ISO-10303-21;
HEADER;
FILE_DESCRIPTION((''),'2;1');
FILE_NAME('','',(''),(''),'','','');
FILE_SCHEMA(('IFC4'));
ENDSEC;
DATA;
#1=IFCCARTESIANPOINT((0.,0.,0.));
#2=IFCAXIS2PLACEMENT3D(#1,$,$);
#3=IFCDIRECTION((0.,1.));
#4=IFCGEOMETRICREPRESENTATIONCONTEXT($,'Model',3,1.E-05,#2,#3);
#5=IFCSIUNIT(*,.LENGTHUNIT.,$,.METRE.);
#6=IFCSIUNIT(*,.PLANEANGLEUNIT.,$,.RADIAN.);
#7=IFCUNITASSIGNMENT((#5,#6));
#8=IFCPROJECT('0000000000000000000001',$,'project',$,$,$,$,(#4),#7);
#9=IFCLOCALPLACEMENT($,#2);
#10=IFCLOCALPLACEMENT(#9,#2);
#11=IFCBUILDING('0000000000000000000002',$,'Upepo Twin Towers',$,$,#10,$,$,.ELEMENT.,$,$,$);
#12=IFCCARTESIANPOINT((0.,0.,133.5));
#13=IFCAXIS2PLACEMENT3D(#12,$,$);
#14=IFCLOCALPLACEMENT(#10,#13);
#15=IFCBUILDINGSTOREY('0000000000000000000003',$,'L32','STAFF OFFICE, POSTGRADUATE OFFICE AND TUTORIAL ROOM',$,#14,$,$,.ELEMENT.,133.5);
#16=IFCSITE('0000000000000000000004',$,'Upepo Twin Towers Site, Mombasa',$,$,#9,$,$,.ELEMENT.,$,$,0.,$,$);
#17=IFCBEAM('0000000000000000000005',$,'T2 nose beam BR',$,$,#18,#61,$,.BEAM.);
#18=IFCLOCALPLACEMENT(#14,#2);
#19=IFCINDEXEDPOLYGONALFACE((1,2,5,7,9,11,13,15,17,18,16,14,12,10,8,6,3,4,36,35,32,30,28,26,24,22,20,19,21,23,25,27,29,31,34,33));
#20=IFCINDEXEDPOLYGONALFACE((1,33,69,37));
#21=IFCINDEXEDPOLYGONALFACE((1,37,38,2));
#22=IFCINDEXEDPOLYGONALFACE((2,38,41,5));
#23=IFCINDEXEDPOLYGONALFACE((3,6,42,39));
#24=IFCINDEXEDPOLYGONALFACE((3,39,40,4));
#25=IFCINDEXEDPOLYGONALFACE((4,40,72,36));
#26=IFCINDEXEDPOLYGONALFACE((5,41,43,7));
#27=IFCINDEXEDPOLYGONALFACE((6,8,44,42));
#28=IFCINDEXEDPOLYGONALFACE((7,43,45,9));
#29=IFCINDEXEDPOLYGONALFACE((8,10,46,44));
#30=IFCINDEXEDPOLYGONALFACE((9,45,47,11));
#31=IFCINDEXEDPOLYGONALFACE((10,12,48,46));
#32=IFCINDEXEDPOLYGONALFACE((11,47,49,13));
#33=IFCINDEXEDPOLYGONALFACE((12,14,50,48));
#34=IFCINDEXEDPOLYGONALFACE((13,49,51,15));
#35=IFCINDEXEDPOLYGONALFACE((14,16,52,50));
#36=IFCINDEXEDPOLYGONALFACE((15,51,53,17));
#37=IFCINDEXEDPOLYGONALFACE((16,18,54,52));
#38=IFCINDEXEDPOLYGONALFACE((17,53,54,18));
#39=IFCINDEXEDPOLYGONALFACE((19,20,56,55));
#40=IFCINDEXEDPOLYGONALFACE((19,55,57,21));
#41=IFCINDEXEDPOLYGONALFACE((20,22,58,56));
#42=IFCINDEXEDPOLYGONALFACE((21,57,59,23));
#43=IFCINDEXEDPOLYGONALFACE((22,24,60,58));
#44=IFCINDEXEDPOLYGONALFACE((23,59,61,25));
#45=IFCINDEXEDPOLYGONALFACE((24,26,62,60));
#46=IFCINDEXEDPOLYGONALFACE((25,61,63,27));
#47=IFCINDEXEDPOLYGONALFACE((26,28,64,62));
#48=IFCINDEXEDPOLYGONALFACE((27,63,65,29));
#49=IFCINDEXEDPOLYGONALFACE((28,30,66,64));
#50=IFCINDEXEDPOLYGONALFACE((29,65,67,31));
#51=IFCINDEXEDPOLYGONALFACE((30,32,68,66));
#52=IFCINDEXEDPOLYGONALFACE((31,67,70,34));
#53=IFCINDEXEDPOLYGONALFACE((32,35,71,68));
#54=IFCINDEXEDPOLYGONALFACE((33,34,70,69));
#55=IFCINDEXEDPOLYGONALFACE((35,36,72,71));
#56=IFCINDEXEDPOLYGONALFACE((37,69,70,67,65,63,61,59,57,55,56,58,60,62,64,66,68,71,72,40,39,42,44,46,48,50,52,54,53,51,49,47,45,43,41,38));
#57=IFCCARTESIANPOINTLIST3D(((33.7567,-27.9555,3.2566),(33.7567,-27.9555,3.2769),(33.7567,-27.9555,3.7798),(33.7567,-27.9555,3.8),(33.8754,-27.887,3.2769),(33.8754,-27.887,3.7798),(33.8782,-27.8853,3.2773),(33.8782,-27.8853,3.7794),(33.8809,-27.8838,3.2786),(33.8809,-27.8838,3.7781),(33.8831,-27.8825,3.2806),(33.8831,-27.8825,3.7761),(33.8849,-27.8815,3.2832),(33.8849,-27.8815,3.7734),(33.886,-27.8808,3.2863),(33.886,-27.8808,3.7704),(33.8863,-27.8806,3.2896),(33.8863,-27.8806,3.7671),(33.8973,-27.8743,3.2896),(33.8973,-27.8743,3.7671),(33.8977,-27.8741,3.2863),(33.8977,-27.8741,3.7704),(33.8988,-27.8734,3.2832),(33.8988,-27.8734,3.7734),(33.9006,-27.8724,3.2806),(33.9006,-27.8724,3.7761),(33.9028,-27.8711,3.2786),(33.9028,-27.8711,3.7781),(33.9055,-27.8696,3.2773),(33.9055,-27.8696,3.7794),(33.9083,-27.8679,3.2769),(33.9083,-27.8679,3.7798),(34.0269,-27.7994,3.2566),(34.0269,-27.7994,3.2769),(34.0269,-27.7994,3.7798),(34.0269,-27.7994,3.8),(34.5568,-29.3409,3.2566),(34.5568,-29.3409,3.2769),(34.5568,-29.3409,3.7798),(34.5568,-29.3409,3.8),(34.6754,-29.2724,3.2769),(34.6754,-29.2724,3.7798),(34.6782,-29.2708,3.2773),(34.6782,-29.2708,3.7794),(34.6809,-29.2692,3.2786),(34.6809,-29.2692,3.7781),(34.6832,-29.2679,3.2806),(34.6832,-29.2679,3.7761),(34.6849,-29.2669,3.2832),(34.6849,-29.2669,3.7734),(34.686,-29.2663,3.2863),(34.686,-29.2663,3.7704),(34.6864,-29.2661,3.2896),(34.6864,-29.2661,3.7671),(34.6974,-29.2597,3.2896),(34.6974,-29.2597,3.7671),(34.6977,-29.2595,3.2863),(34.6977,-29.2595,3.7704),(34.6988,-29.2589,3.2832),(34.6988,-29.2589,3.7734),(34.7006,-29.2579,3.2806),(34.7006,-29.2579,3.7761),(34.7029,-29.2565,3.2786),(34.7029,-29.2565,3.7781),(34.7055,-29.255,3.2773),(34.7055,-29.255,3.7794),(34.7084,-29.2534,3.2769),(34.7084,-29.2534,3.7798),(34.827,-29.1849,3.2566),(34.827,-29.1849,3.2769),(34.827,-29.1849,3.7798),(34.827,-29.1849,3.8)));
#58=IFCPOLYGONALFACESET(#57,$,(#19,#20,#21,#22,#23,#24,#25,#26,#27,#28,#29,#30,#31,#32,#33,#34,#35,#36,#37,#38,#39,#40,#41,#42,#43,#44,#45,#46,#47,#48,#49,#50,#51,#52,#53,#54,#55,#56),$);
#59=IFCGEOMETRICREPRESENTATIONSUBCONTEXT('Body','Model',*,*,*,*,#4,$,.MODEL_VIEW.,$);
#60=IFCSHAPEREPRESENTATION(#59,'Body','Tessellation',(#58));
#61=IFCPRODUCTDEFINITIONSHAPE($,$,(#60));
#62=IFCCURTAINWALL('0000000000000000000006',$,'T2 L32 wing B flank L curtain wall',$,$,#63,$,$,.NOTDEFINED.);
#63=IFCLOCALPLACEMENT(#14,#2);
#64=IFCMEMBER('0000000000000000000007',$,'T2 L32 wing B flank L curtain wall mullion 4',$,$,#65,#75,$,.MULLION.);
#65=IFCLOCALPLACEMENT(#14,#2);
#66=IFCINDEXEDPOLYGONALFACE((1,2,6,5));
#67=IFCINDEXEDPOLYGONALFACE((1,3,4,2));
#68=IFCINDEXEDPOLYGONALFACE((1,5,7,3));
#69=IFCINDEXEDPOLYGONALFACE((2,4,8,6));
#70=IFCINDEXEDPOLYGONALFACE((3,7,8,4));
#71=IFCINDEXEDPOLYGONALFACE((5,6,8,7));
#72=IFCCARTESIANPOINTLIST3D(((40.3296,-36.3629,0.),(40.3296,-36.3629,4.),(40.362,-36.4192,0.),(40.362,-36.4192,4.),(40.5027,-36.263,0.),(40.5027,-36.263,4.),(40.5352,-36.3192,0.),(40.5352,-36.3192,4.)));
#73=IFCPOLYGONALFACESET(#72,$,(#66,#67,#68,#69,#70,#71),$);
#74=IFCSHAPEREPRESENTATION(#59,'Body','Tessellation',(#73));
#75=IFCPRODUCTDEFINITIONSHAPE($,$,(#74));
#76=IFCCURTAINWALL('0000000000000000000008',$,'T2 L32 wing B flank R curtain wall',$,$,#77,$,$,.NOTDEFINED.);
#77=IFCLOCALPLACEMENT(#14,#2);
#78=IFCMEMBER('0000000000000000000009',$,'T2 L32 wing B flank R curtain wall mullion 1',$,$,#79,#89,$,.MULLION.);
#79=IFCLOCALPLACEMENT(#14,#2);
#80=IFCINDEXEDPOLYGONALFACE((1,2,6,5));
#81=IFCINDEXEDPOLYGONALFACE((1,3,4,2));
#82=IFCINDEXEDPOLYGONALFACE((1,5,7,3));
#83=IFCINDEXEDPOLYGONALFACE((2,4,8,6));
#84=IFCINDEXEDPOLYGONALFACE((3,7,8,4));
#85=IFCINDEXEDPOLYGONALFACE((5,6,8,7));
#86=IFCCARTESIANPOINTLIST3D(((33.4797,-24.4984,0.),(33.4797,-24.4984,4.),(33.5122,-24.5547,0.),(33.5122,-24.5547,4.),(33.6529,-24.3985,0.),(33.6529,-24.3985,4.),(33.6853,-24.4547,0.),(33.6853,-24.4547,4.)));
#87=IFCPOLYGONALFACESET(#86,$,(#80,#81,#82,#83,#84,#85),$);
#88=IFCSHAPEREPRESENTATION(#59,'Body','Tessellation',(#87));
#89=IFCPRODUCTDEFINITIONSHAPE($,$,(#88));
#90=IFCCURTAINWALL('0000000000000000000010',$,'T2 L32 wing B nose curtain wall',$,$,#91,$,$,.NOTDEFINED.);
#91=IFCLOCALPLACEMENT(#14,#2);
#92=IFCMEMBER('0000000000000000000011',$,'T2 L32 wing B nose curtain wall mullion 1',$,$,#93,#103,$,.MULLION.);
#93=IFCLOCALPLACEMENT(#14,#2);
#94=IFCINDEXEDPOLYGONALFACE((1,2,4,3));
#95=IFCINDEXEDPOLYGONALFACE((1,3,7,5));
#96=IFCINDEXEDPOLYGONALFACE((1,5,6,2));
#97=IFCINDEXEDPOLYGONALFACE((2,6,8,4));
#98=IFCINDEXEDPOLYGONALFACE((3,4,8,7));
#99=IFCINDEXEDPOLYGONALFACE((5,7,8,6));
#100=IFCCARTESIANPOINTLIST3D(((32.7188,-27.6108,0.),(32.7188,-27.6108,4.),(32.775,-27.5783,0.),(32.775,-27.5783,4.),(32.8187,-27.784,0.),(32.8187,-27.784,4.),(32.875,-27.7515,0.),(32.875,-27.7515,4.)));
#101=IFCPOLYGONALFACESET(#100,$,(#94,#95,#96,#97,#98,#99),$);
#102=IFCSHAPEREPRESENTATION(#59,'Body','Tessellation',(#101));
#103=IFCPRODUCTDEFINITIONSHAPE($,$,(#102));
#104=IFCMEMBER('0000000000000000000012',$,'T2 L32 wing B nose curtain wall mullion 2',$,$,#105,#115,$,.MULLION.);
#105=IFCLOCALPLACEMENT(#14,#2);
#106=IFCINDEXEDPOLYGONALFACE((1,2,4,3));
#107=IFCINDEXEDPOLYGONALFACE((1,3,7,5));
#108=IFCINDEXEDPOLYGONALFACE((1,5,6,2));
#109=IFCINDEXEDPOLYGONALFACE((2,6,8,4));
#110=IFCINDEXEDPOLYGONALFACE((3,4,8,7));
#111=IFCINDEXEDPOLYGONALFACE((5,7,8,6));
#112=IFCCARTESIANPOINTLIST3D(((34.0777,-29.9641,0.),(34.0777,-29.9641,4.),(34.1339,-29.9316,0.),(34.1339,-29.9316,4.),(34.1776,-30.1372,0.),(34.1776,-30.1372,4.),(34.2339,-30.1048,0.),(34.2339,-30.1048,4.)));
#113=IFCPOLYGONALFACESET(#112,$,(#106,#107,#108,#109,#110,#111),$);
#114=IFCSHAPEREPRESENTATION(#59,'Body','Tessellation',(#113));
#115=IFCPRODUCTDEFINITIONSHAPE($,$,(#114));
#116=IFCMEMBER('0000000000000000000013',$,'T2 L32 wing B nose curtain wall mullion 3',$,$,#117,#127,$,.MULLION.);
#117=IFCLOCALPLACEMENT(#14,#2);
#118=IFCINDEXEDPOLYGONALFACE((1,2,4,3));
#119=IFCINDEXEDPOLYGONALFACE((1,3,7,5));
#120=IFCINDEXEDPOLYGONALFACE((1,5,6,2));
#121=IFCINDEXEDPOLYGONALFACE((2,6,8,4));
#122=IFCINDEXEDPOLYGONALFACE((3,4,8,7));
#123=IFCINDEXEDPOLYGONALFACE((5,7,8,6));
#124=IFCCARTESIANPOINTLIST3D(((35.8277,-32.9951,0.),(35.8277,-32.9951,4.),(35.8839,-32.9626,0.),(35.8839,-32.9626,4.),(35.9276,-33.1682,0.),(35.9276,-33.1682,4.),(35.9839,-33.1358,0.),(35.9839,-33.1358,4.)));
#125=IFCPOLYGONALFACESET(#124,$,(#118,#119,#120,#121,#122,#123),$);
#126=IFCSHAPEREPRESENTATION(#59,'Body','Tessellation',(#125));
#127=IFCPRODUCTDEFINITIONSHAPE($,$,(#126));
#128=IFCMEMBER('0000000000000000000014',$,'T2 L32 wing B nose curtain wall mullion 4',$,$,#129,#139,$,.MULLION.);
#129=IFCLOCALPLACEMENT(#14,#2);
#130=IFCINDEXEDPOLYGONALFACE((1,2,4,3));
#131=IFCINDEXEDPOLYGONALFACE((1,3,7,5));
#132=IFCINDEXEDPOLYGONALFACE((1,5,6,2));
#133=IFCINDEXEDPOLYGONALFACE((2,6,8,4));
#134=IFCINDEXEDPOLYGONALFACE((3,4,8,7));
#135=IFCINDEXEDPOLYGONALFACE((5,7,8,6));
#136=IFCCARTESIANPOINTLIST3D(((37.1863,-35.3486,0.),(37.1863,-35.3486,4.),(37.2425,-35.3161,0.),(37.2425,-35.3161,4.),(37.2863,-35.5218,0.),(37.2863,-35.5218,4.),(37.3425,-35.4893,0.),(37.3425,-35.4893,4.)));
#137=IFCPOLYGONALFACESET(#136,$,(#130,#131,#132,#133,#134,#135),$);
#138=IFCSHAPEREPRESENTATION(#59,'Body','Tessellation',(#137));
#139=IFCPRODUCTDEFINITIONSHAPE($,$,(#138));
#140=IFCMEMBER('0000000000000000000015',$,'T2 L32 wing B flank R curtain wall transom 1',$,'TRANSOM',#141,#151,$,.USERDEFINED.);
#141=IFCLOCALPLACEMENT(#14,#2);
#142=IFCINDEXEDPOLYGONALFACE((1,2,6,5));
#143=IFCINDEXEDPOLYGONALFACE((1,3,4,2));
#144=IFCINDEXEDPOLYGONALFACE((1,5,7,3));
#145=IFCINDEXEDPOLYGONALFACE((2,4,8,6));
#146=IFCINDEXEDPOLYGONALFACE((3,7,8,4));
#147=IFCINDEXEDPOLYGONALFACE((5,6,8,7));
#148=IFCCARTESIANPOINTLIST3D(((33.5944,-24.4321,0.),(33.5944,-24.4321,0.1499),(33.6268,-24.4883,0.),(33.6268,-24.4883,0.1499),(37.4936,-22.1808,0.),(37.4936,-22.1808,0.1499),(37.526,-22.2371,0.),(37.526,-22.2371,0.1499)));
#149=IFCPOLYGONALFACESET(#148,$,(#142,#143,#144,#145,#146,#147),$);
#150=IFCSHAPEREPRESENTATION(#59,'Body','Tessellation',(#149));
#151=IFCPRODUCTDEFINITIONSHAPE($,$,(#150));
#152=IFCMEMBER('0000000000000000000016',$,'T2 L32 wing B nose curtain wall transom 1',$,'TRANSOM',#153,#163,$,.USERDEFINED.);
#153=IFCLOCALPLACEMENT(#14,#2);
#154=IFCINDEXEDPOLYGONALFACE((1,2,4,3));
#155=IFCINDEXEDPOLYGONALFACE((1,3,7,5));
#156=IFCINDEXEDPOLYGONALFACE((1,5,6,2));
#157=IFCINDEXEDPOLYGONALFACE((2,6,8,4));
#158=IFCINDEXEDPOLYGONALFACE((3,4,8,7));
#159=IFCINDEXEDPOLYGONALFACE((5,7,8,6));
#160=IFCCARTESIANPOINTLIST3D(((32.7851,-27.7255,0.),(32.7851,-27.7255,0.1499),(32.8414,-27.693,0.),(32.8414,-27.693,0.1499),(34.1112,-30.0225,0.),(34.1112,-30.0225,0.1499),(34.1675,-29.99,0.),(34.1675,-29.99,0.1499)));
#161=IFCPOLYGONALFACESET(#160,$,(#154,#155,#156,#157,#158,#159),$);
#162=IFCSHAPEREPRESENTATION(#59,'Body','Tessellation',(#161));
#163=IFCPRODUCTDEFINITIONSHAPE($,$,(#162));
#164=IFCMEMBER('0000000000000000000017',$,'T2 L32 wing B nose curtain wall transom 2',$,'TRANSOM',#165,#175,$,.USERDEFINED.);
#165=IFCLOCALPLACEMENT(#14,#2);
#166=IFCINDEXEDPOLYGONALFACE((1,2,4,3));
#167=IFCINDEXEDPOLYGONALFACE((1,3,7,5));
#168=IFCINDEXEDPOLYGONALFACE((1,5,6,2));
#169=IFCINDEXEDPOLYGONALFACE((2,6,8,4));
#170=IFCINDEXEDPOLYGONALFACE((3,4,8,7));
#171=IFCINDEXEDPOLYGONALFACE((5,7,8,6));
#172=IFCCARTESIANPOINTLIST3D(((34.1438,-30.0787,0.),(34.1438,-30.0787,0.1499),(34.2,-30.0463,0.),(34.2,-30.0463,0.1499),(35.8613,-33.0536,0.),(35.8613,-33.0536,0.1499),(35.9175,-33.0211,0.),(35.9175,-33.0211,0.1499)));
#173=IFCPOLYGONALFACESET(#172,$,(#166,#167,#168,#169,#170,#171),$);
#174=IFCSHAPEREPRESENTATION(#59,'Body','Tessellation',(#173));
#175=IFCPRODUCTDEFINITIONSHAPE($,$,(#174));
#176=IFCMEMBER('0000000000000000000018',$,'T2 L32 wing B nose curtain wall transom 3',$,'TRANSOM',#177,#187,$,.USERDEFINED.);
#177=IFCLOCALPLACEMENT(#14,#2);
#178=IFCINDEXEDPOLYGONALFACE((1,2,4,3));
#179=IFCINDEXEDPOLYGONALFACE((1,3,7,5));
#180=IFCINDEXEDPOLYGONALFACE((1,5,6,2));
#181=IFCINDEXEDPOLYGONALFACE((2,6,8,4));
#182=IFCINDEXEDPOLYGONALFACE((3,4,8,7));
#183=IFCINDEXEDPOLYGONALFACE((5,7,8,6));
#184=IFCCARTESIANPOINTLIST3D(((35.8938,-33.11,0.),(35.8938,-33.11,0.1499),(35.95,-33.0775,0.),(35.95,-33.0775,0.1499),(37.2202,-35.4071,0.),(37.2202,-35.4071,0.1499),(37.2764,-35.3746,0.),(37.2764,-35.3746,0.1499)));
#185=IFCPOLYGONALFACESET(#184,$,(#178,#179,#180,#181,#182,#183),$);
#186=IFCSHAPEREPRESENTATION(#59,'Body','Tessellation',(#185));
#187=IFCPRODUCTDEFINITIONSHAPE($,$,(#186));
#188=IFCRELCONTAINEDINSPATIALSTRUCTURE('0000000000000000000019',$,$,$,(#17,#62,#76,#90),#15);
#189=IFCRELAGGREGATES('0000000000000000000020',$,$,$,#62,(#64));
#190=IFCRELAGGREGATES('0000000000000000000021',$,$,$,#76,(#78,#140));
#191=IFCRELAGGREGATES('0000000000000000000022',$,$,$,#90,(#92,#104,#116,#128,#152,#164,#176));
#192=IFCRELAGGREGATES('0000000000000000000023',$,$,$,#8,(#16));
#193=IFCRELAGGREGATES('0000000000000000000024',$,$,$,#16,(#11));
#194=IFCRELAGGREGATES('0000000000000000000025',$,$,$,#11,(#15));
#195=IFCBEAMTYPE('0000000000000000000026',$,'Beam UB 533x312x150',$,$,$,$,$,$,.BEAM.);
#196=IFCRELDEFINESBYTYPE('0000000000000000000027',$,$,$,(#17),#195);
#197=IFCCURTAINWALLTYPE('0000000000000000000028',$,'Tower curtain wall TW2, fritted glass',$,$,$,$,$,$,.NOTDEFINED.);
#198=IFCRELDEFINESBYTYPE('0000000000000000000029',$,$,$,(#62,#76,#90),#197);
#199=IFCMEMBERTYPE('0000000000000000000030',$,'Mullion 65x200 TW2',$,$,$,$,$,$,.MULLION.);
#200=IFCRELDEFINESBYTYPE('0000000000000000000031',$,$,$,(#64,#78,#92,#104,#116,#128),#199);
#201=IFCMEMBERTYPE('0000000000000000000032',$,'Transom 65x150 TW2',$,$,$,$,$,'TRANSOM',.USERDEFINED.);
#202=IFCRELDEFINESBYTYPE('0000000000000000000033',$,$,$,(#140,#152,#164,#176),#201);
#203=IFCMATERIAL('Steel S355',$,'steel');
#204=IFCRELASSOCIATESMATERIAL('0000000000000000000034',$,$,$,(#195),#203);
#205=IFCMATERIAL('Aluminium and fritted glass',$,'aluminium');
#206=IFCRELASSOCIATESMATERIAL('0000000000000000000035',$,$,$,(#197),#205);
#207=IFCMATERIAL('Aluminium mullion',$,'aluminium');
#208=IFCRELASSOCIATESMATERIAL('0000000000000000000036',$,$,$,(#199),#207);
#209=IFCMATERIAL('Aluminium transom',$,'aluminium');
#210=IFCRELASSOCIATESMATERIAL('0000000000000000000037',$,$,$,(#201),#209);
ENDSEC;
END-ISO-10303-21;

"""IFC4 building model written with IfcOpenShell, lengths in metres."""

from ifc_helpers import new_model, si_unit, direction, frame, origin, origin_2d, place, context, subcontext, project, spatial, rectangle, i_section, extrude, material, material_profile, profile_set, type_object, element, aggregate, save


model = new_model("IFC4")

# Units and contexts
model_context = context("Model", 3, precision=1e-05, world=origin(), true_north=direction((0.0, 1.0)))
body_context = subcontext(model_context, "Body", "Model", "MODEL_VIEW")
ifc_project = project(units=[si_unit("LENGTHUNIT", "METRE"), si_unit("PLANEANGLEUNIT", "RADIAN")], contexts=[model_context])

# Site, building, storey
site_placement = place(None, origin())
site = spatial("IfcSite", under=ifc_project, at=site_placement, Name="Upepo Twin Towers Site, Mombasa", CompositionType="ELEMENT", RefElevation=0.0)
building_placement = place(site_placement, origin())
building = spatial("IfcBuilding", under=site, at=building_placement, Name="Upepo Twin Towers", CompositionType="ELEMENT")
storey_placement = place(building_placement, frame((0.0, 0.0, 133.5)))
storey = spatial("IfcBuildingStorey", under=building, at=storey_placement, Name="L32", Description="STAFF OFFICE, POSTGRADUATE OFFICE AND TUTORIAL ROOM", CompositionType="ELEMENT", Elevation=133.5)

# Beam
ifc_material_1 = material(Name="Steel S355", Category="steel")
ifc_material_profile_1 = material_profile(ifc_material_1, i_section(OverallWidth=0.312, OverallDepth=0.5435, WebThickness=0.0127, FlangeThickness=0.0203, FilletRadius=0.0127, at=origin_2d()), Name="UB 533x312x150")
ifc_profile_set_1 = profile_set([ifc_material_profile_1], Name="Steel S355")
beam_type_1 = type_object("IfcBeamType", Name="Beam UB 533x312x150", PredefinedType="BEAM", material=ifc_profile_set_1)
for number, where, z_axis, x_axis, name in (
    (1, (33.8918, -27.8774, 3.5283), (0.500061, -0.86599, 0.0), (0.86599, 0.500061, 0.0), "T2 nose beam BR"),
):
    element("IfcBeam", number, at=place(storey_placement, frame(where, z_axis=z_axis, x_axis=x_axis)), inside=storey, type_object=beam_type_1, Name=name, PredefinedType="BEAM", context=body_context, shape_type="SweptSolid", body=[
        extrude(i_section(OverallWidth=0.312, OverallDepth=0.5435, WebThickness=0.0127, FlangeThickness=0.0203, FilletRadius=0.0127, at=origin_2d()), origin(), (0.0, 0.0, 1.0), 1.5999),
    ])

# Curtain walls, members
ifc_material_2 = material(Name="Aluminium and fritted glass", Category="aluminium")
curtain_wall_type = type_object("IfcCurtainWallType", Name="Tower curtain wall TW2, fritted glass", PredefinedType="NOTDEFINED", material=ifc_material_2)
curtain_wall_1_placement = place(storey_placement, origin())
curtain_wall_1 = element("IfcCurtainWall", 2, at=curtain_wall_1_placement, inside=storey, type_object=curtain_wall_type, Name="T2 L32 wing B flank L curtain wall", PredefinedType="NOTDEFINED")
ifc_material_3 = material(Name="Aluminium mullion", Category="aluminium")
ifc_material_profile_2 = material_profile(ifc_material_3, rectangle(XDim=0.0649, YDim=0.2, at=origin_2d()), Name="MULLION 65x200")
ifc_profile_set_2 = profile_set([ifc_material_profile_2], Name="Aluminium mullion")
member_type_1 = type_object("IfcMemberType", Name="Mullion 65x200 TW2", PredefinedType="MULLION", material=ifc_profile_set_2)
member_1_placement = place(storey_placement, frame((40.4324, -36.3411, 0.0), z_axis=(0.0, 0.0, 1.0), x_axis=(0.5, -0.866025, 0.0)))
member_1 = element("IfcMember", 3, at=member_1_placement, type_object=member_type_1, Name="T2 L32 wing B flank L curtain wall mullion 4", PredefinedType="MULLION", context=body_context, shape_type="SweptSolid", body=[
    extrude(rectangle(XDim=0.0649, YDim=0.2, at=origin_2d()), origin(), (0.0, 0.0, 1.0), 4.0),
])
aggregate(curtain_wall_1, [member_1])
curtain_wall_2_placement = place(storey_placement, origin())
curtain_wall_2 = element("IfcCurtainWall", 4, at=curtain_wall_2_placement, inside=storey, type_object=curtain_wall_type, Name="T2 L32 wing B flank R curtain wall", PredefinedType="NOTDEFINED")
member_2_placement = place(storey_placement, frame((33.5825, -24.4766, 0.0), z_axis=(0.0, 0.0, 1.0), x_axis=(-0.5, 0.866025, 0.0)))
member_2 = element("IfcMember", 5, at=member_2_placement, type_object=member_type_1, Name="T2 L32 wing B flank R curtain wall mullion 1", PredefinedType="MULLION", context=body_context, shape_type="SweptSolid", body=[
    extrude(rectangle(XDim=0.0649, YDim=0.2, at=origin_2d()), origin(), (0.0, 0.0, 1.0), 4.0),
])

# Curtain wall, members
curtain_wall_3_placement = place(storey_placement, origin())
curtain_wall_3 = element("IfcCurtainWall", 6, at=curtain_wall_3_placement, inside=storey, type_object=curtain_wall_type, Name="T2 L32 wing B nose curtain wall", PredefinedType="NOTDEFINED")
member_3_placement = place(storey_placement, frame((32.7969, -27.6812, 0.0), z_axis=(0.0, 0.0, 1.0), x_axis=(0.866025, 0.5, 0.0)))
member_3 = element("IfcMember", 7, at=member_3_placement, type_object=member_type_1, Name="T2 L32 wing B nose curtain wall mullion 1", PredefinedType="MULLION", context=body_context, shape_type="SweptSolid", body=[
    extrude(rectangle(XDim=0.0649, YDim=0.2, at=origin_2d()), origin(), (0.0, 0.0, 1.0), 4.0),
])
member_4_placement = place(storey_placement, frame((34.1558, -30.0344, 0.0), z_axis=(0.0, 0.0, 1.0), x_axis=(0.866025, 0.5, 0.0)))
member_4 = element("IfcMember", 8, at=member_4_placement, type_object=member_type_1, Name="T2 L32 wing B nose curtain wall mullion 2", PredefinedType="MULLION", context=body_context, shape_type="SweptSolid", body=[
    extrude(rectangle(XDim=0.0649, YDim=0.2, at=origin_2d()), origin(), (0.0, 0.0, 1.0), 4.0),
])
member_5_placement = place(storey_placement, frame((35.9058, -33.0654, 0.0), z_axis=(0.0, 0.0, 1.0), x_axis=(0.866025, 0.5, 0.0)))
member_5 = element("IfcMember", 9, at=member_5_placement, type_object=member_type_1, Name="T2 L32 wing B nose curtain wall mullion 3", PredefinedType="MULLION", context=body_context, shape_type="SweptSolid", body=[
    extrude(rectangle(XDim=0.0649, YDim=0.2, at=origin_2d()), origin(), (0.0, 0.0, 1.0), 4.0),
])
member_6_placement = place(storey_placement, frame((37.2644, -35.4189, 0.0), z_axis=(0.0, 0.0, 1.0), x_axis=(0.866025, 0.5, 0.0)))
member_6 = element("IfcMember", 10, at=member_6_placement, type_object=member_type_1, Name="T2 L32 wing B nose curtain wall mullion 4", PredefinedType="MULLION", context=body_context, shape_type="SweptSolid", body=[
    extrude(rectangle(XDim=0.0649, YDim=0.2, at=origin_2d()), origin(), (0.0, 0.0, 1.0), 4.0),
])

# Members
ifc_material_4 = material(Name="Aluminium transom", Category="aluminium")
ifc_material_profile_3 = material_profile(ifc_material_4, rectangle(XDim=0.0649, YDim=0.1499, at=origin_2d()), Name="TRANSOM 65x150")
ifc_profile_set_3 = profile_set([ifc_material_profile_3], Name="Aluminium transom")
member_type_2 = type_object("IfcMemberType", Name="Transom 65x150 TW2", ElementType="TRANSOM", PredefinedType="USERDEFINED", material=ifc_profile_set_3)
member_7_placement = place(storey_placement, frame((33.6106, -24.4602, 0.075), z_axis=(0.866022, 0.500006, 0.0), x_axis=(-0.500006, 0.866022, 0.0)))
member_7 = element("IfcMember", 11, at=member_7_placement, type_object=member_type_2, Name="T2 L32 wing B flank R curtain wall transom 1", ObjectType="TRANSOM", PredefinedType="USERDEFINED", context=body_context, shape_type="SweptSolid", body=[
    extrude(rectangle(XDim=0.0649, YDim=0.1499, at=origin_2d()), origin(), (0.0, 0.0, 1.0), 4.5024),
])
member_8_placement = place(storey_placement, frame((32.8132, -27.7092, 0.075), z_axis=(0.49998, -0.866037, 0.0), x_axis=(0.866037, 0.49998, 0.0)))
member_8 = element("IfcMember", 12, at=member_8_placement, type_object=member_type_2, Name="T2 L32 wing B nose curtain wall transom 1", ObjectType="TRANSOM", PredefinedType="USERDEFINED", context=body_context, shape_type="SweptSolid", body=[
    extrude(rectangle(XDim=0.0649, YDim=0.1499, at=origin_2d()), origin(), (0.0, 0.0, 1.0), 2.6523),
])
member_9_placement = place(storey_placement, frame((34.1719, -30.0625, 0.075), z_axis=(0.499999, -0.866026, 0.0), x_axis=(0.866026, 0.499999, 0.0)))
member_9 = element("IfcMember", 13, at=member_9_placement, type_object=member_type_2, Name="T2 L32 wing B nose curtain wall transom 2", ObjectType="TRANSOM", PredefinedType="USERDEFINED", context=body_context, shape_type="SweptSolid", body=[
    extrude(rectangle(XDim=0.0649, YDim=0.1499, at=origin_2d()), origin(), (0.0, 0.0, 1.0), 3.4351),
])
member_10_placement = place(storey_placement, frame((35.9219, -33.0938, 0.075), z_axis=(0.500049, -0.865997, 0.0), x_axis=(0.865997, 0.500049, 0.0)))
member_10 = element("IfcMember", 14, at=member_10_placement, type_object=member_type_2, Name="T2 L32 wing B nose curtain wall transom 3", ObjectType="TRANSOM", PredefinedType="USERDEFINED", context=body_context, shape_type="SweptSolid", body=[
    extrude(rectangle(XDim=0.0649, YDim=0.1499, at=origin_2d()), origin(), (0.0, 0.0, 1.0), 2.6526),
])

aggregate(curtain_wall_2, [member_2, member_7])
aggregate(curtain_wall_3, [member_3, member_4, member_5, member_6, member_8, member_9, member_10])

save(model, "model.ifc")
